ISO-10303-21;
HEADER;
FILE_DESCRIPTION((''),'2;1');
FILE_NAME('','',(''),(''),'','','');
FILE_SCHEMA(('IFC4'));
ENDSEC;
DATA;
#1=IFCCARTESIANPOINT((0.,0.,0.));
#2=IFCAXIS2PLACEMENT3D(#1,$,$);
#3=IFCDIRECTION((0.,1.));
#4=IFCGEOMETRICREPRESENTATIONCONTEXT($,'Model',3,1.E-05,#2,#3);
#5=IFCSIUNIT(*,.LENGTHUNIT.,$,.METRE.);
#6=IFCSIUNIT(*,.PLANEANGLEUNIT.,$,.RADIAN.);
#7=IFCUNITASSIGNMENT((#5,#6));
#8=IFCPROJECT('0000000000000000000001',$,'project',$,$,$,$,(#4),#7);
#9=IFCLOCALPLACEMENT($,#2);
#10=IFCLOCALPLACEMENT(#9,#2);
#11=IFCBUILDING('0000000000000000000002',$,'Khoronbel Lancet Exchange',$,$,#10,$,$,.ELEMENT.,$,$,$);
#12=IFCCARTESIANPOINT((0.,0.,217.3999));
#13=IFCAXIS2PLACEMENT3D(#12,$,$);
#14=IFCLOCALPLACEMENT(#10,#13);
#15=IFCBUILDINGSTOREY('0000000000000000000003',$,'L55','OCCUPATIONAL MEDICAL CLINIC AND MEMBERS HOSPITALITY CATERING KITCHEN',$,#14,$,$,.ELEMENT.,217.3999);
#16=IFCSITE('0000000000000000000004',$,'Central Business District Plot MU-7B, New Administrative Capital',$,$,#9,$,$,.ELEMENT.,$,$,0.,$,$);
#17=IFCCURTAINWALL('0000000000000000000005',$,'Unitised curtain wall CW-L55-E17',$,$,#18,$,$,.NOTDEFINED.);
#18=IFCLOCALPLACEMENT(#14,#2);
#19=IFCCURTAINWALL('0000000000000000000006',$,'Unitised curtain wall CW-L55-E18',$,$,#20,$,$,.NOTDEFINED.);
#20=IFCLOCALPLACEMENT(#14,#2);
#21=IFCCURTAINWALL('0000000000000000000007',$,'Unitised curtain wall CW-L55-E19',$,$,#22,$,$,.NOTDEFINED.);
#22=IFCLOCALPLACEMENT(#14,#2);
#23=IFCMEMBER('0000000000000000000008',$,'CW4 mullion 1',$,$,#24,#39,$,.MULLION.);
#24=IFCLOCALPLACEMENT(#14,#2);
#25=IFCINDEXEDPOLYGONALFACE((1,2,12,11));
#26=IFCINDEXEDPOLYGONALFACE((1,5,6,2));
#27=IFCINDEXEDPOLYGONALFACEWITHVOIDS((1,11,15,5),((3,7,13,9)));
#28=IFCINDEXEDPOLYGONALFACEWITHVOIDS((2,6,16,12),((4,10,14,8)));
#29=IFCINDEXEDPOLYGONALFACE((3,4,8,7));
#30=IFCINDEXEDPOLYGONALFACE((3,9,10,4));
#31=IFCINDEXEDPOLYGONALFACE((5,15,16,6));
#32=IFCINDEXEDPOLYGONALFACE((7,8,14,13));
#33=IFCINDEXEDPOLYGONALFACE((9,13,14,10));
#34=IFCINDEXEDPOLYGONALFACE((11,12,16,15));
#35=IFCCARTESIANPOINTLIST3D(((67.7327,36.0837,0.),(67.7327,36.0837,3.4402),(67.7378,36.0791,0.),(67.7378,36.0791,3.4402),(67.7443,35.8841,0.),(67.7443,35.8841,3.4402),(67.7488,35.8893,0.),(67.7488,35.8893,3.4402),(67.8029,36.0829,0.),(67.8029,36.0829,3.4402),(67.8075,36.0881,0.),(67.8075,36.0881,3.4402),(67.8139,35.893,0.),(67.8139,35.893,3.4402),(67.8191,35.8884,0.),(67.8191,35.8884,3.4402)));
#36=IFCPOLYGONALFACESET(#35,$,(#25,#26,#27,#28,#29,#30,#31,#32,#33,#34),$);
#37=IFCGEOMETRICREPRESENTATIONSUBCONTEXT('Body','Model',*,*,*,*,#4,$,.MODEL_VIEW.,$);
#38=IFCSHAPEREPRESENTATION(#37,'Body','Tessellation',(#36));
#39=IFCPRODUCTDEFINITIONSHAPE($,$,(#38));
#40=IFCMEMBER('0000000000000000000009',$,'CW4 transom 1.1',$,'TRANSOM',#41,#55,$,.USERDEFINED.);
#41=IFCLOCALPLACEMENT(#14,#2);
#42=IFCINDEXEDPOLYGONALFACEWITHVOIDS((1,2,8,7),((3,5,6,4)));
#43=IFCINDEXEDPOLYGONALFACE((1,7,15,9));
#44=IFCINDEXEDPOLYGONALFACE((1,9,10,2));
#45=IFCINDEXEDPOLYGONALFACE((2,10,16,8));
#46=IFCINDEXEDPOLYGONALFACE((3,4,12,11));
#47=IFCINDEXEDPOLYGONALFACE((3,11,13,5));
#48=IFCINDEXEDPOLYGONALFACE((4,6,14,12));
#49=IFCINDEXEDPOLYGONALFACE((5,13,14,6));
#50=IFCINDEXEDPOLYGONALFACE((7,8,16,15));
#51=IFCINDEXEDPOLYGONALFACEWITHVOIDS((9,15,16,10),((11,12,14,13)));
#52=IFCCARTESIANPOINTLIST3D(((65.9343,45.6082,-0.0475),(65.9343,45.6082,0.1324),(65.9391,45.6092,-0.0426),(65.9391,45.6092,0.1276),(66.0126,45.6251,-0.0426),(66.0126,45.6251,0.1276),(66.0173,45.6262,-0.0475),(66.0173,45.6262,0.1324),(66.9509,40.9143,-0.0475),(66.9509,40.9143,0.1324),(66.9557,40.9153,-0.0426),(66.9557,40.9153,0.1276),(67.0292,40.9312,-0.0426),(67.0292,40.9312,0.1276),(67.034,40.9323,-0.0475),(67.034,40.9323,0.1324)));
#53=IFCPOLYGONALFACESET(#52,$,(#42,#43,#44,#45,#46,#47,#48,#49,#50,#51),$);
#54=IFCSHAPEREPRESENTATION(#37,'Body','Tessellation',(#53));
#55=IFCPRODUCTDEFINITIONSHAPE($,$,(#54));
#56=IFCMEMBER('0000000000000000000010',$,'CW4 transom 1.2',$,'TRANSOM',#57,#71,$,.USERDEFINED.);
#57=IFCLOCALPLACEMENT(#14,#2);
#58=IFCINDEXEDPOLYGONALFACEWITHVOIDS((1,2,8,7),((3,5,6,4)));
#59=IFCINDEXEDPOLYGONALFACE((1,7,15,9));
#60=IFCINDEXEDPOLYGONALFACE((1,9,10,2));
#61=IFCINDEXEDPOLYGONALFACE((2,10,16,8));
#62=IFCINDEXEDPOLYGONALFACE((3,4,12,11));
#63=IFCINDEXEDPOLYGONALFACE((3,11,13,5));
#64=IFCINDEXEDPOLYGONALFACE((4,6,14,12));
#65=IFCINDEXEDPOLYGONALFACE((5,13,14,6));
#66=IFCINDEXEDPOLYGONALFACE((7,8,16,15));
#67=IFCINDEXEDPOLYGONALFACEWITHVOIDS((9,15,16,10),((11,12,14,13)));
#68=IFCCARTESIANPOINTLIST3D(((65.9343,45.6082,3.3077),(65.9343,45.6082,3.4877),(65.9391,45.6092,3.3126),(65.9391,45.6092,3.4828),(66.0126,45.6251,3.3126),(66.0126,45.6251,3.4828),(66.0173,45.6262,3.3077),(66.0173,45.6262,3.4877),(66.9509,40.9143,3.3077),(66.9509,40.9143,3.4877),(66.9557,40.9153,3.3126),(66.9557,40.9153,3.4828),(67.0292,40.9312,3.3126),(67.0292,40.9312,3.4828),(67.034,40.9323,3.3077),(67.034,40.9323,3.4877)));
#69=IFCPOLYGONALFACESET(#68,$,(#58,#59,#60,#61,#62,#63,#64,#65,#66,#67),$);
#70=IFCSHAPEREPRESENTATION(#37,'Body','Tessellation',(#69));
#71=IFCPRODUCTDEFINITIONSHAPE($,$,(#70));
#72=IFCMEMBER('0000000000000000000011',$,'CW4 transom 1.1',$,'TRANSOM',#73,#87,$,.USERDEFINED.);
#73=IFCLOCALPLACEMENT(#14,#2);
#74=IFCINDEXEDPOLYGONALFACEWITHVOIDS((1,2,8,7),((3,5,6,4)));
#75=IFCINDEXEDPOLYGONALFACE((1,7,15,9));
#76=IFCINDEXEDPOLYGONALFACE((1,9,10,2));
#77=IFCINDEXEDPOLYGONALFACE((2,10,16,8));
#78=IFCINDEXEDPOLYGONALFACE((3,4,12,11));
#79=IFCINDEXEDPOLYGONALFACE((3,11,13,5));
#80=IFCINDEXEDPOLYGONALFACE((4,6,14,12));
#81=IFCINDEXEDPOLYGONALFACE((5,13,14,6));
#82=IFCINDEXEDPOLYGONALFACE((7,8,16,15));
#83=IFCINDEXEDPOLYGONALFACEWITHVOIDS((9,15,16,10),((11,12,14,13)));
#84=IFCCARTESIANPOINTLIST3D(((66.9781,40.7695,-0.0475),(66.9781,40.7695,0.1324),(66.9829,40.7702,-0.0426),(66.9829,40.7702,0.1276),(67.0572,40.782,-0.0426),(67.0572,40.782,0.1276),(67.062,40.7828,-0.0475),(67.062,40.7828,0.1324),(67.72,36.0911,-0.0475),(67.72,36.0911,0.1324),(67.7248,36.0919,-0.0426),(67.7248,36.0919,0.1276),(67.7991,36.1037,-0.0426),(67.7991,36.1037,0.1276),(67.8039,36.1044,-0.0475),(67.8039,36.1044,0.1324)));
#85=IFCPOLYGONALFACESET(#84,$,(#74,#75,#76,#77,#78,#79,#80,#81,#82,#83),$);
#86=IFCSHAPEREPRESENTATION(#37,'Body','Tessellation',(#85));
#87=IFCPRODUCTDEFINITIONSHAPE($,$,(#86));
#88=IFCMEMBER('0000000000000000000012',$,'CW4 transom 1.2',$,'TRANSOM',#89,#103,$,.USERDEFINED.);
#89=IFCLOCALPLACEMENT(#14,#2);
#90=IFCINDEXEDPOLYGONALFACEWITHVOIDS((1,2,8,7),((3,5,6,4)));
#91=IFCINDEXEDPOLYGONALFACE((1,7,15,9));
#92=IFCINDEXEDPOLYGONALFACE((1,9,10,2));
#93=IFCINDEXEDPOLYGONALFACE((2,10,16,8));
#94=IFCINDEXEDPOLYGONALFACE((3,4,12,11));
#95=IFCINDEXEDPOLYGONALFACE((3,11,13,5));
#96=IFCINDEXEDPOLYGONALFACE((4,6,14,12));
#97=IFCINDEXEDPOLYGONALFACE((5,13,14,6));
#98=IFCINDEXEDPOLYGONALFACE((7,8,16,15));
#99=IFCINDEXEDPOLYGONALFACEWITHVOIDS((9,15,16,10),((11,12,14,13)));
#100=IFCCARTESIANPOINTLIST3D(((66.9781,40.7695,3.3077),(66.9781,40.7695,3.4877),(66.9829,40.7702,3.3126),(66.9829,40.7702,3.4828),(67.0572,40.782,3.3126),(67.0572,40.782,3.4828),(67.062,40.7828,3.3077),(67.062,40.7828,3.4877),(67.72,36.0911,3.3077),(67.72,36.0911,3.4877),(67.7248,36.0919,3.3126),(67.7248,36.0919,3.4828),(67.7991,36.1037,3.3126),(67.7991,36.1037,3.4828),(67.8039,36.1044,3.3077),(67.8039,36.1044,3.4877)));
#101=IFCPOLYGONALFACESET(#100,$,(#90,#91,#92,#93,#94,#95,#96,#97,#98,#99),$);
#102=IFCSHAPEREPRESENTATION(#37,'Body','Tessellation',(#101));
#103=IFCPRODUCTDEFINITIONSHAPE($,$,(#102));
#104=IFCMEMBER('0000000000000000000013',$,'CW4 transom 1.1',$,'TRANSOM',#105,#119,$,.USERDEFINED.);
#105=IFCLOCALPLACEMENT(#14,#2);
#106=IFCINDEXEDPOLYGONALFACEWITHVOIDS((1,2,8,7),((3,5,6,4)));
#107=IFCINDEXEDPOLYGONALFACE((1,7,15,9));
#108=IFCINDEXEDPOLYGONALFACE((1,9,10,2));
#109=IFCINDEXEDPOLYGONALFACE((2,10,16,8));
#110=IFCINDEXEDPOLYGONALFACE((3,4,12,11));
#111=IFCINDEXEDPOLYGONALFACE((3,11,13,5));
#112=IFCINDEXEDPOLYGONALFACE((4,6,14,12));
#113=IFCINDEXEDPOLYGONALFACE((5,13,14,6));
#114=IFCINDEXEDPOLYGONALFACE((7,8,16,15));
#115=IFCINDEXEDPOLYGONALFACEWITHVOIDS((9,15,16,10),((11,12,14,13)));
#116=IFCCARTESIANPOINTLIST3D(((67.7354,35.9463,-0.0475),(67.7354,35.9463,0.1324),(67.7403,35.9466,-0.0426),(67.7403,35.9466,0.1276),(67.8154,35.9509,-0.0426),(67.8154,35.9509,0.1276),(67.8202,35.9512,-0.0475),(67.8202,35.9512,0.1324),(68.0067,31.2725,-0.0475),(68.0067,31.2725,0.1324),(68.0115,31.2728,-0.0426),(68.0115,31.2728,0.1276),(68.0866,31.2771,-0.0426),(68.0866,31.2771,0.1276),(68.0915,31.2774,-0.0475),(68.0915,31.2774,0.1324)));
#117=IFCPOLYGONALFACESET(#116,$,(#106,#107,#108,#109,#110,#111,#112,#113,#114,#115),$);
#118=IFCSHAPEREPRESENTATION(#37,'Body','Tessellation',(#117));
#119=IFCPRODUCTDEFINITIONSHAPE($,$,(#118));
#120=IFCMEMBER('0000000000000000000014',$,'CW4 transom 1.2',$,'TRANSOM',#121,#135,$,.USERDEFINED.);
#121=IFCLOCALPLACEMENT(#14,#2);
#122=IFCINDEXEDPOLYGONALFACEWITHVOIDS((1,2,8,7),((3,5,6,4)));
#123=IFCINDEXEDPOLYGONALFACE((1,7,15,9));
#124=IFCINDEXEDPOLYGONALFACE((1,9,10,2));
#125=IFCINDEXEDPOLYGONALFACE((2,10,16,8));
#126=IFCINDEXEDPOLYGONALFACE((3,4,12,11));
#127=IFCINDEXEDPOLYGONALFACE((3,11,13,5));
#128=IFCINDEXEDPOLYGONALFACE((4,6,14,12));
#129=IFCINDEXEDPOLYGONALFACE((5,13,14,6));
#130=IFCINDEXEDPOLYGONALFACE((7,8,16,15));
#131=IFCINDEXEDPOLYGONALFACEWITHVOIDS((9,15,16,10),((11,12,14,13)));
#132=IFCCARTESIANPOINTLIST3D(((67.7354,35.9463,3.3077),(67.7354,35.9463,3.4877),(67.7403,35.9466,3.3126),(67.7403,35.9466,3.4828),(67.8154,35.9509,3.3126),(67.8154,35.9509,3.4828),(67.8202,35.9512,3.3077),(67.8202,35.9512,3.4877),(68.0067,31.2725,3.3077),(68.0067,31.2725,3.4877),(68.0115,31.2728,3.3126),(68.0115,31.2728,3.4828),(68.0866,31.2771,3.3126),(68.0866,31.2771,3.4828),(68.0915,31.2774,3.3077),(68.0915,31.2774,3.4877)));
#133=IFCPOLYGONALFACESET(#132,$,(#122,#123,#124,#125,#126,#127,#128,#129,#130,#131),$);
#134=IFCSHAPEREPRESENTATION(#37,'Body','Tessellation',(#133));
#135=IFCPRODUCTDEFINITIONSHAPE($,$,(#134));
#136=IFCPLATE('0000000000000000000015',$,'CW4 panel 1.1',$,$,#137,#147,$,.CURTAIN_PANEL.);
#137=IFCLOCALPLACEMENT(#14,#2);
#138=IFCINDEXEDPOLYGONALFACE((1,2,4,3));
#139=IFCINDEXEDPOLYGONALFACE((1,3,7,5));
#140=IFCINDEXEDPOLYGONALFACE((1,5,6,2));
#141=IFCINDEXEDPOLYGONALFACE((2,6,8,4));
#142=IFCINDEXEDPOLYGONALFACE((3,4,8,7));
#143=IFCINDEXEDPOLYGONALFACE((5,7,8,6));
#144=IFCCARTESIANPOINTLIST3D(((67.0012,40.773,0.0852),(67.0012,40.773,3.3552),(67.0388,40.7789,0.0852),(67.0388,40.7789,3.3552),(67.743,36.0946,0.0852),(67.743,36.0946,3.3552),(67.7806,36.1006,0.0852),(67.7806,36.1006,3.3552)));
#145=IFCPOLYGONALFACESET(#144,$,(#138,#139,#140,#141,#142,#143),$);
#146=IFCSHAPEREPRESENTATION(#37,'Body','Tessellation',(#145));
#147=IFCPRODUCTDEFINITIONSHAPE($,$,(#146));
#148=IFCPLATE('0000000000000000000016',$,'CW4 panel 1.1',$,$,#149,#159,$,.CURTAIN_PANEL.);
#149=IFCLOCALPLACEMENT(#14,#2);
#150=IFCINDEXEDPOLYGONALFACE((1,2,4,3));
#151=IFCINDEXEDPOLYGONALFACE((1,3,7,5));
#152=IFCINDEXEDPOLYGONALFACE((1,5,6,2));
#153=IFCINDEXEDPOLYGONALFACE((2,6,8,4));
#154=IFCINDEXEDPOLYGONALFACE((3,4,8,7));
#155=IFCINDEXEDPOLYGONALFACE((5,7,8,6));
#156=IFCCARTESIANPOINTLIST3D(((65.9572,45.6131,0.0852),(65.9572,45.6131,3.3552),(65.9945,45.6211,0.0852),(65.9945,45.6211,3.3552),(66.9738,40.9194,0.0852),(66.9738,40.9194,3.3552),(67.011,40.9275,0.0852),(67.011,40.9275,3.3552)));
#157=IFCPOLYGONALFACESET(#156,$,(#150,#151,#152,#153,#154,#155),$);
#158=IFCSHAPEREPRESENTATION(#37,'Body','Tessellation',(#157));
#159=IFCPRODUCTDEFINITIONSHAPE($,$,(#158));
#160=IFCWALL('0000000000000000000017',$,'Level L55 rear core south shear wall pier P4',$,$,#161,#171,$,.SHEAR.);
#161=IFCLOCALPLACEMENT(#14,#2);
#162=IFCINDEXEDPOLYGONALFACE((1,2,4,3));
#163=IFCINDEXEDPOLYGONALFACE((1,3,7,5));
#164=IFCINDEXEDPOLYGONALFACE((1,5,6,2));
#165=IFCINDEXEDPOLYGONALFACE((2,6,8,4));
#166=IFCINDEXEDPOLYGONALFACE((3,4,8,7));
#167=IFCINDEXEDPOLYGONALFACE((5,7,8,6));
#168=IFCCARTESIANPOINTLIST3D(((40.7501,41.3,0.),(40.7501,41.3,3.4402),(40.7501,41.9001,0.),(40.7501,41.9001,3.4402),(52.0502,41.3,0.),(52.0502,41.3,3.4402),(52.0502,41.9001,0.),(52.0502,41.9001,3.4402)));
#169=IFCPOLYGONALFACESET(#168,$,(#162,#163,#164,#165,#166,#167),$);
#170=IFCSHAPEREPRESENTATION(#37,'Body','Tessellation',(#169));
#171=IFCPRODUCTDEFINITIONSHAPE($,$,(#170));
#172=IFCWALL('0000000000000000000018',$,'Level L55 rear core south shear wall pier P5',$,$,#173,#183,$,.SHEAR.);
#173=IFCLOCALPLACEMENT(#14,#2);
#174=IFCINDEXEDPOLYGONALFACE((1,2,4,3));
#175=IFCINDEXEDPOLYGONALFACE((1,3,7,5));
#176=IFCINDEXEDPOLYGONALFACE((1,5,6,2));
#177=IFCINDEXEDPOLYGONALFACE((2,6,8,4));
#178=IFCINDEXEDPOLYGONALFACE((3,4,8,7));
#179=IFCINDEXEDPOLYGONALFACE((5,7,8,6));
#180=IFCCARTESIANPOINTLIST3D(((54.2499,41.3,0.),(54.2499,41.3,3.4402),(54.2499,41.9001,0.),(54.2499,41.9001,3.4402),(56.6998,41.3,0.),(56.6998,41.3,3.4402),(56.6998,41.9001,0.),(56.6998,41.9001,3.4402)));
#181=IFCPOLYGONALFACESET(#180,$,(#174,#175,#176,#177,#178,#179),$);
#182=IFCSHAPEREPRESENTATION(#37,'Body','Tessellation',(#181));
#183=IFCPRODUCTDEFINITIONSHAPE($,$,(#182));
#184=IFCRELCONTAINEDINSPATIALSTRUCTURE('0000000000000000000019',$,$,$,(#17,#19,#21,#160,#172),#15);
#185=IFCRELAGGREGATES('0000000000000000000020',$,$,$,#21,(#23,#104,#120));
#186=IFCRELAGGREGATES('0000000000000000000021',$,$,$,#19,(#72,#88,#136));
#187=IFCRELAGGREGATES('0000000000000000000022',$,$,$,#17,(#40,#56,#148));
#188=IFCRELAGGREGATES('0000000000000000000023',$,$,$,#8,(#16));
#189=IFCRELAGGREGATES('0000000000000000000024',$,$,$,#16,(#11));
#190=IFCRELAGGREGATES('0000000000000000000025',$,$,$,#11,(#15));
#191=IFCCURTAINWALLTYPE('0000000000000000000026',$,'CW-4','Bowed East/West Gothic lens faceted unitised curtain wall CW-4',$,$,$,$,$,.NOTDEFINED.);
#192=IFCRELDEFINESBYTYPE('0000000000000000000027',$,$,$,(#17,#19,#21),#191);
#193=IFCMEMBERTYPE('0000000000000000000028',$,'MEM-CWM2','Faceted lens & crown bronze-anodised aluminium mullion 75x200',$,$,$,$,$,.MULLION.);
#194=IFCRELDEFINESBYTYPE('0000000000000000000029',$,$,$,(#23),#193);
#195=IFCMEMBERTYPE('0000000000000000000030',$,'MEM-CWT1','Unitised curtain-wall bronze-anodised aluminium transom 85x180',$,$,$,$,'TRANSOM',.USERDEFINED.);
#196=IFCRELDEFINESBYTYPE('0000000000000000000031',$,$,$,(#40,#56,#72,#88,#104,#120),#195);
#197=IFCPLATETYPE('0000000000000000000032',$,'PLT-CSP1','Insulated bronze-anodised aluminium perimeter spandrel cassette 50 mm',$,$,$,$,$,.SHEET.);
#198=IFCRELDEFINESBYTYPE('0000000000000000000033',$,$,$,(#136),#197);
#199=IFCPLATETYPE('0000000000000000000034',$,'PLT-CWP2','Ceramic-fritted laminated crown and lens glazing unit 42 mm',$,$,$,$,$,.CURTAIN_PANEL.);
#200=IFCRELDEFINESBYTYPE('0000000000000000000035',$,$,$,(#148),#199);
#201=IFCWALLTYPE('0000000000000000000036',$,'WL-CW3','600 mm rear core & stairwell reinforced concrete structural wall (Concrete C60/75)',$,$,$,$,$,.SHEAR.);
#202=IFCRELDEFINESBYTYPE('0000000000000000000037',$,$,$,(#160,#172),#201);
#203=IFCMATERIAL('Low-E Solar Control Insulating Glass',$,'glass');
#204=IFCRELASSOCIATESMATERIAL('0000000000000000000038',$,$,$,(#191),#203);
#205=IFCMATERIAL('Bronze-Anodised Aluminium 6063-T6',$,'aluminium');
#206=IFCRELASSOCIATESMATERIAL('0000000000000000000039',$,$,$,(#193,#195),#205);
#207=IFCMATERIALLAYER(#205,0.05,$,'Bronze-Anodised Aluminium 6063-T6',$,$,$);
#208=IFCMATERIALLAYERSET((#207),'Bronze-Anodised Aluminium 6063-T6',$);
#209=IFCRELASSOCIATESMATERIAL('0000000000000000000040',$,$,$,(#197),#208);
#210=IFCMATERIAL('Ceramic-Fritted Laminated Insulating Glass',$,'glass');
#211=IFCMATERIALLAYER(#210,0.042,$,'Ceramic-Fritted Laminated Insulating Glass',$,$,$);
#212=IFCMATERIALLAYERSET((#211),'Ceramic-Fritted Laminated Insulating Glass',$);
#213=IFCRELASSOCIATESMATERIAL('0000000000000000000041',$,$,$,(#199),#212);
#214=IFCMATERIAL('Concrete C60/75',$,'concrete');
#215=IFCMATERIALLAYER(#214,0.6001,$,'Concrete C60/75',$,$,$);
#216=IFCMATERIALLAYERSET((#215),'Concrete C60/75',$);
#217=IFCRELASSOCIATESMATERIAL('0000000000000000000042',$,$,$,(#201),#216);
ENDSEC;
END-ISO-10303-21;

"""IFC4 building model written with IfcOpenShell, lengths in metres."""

from ifc_helpers import new_model, si_unit, direction, frame, frame_2d, origin, origin_2d, place, context, subcontext, project, spatial, rectangle, hollow_rectangle, extrude, material, layer, layer_set, material_profile, profile_set, type_object, element, aggregate, save


model = new_model("IFC4")

# Units and contexts
model_context = context("Model", 3, precision=1e-05, world=origin(), true_north=direction((0.0, 1.0)))
body_context = subcontext(model_context, "Body", "Model", "MODEL_VIEW")
ifc_project = project(units=[si_unit("LENGTHUNIT", "METRE"), si_unit("PLANEANGLEUNIT", "RADIAN")], contexts=[model_context])

# Site, building, storey
site_placement = place(None, origin())
site = spatial("IfcSite", under=ifc_project, at=site_placement, Name="Central Business District Plot MU-7B, New Administrative Capital", CompositionType="ELEMENT", RefElevation=0.0)
building_placement = place(site_placement, origin())
building = spatial("IfcBuilding", under=site, at=building_placement, Name="Khoronbel Lancet Exchange", CompositionType="ELEMENT")
storey_placement = place(building_placement, frame((0.0, 0.0, 217.3999)))
storey = spatial("IfcBuildingStorey", under=building, at=storey_placement, Name="L55", Description="OCCUPATIONAL MEDICAL CLINIC AND MEMBERS HOSPITALITY CATERING KITCHEN", CompositionType="ELEMENT", Elevation=217.3999)

# Shared definitions
ifc_material_1 = material(Name="Concrete C60/75", Category="concrete")

# Curtain walls
ifc_material_2 = material(Name="Low-E Solar Control Insulating Glass", Category="glass")
curtain_wall_type = type_object("IfcCurtainWallType", Name="CW-4", Description="Bowed East/West Gothic lens faceted unitised curtain wall CW-4", PredefinedType="NOTDEFINED", material=ifc_material_2)
curtain_wall_1_placement = place(storey_placement, origin())
curtain_wall_1 = element("IfcCurtainWall", 1, at=curtain_wall_1_placement, inside=storey, type_object=curtain_wall_type, Name="Unitised curtain wall CW-L55-E17", PredefinedType="NOTDEFINED")
ifc_material_3 = material(Name="Bronze-Anodised Aluminium 6063-T6", Category="aluminium")
ifc_material_profile_1 = material_profile(ifc_material_3, hollow_rectangle(XDim=0.075, YDim=0.2, WallThickness=0.0049, at=origin_2d()), Name="ALU MULLION 75x200")
ifc_profile_set_1 = profile_set([ifc_material_profile_1], Name="Bronze-Anodised Aluminium 6063-T6")
member_type_1 = type_object("IfcMemberType", Name="MEM-CWM2", Description="Faceted lens & crown bronze-anodised aluminium mullion 75x200", PredefinedType="MULLION", material=ifc_profile_set_1)
curtain_wall_2_placement = place(storey_placement, origin())
curtain_wall_2 = element("IfcCurtainWall", 2, at=curtain_wall_2_placement, inside=storey, type_object=curtain_wall_type, Name="Unitised curtain wall CW-L55-E18", PredefinedType="NOTDEFINED")

# Curtain wall, member
curtain_wall_3_placement = place(storey_placement, origin())
curtain_wall_3 = element("IfcCurtainWall", 3, at=curtain_wall_3_placement, inside=storey, type_object=curtain_wall_type, Name="Unitised curtain wall CW-L55-E19", PredefinedType="NOTDEFINED")
member_1_placement = place(storey_placement, frame((67.7759, 35.9861, 0.0), z_axis=(0.0, 0.0, 1.0), x_axis=(0.998321, 0.05793, 0.0)))
member_1 = element("IfcMember", 4, at=member_1_placement, type_object=member_type_1, Name="CW4 mullion 1", PredefinedType="MULLION", context=body_context, shape_type="SweptSolid", body=[
    extrude(hollow_rectangle(XDim=0.075, YDim=0.2, WallThickness=0.0049, at=origin_2d()), origin(), (0.0, 0.0, 1.0), 3.4402),
])

# Members
ifc_material_profile_2 = material_profile(ifc_material_3, hollow_rectangle(XDim=0.085, YDim=0.1799, WallThickness=0.0049, at=origin_2d()), Name="ALU TRANSOM 85x180")
ifc_profile_set_2 = profile_set([ifc_material_profile_2], Name="Bronze-Anodised Aluminium 6063-T6")
member_type_2 = type_object("IfcMemberType", Name="MEM-CWT1", Description="Unitised curtain-wall bronze-anodised aluminium transom 85x180", ElementType="TRANSOM", PredefinedType="USERDEFINED", material=ifc_profile_set_2)
member_2_placement = place(storey_placement, frame((65.9758, 45.6172, 0.0425), z_axis=(0.211674, -0.97734, 0.0), x_axis=(0.97734, 0.211674, 0.0)))
member_2 = element("IfcMember", 5, at=member_2_placement, type_object=member_type_2, Name="CW4 transom 1.1", ObjectType="TRANSOM", PredefinedType="USERDEFINED", context=body_context, shape_type="SweptSolid", body=[
    extrude(hollow_rectangle(XDim=0.085, YDim=0.1799, WallThickness=0.0049, at=origin_2d()), origin(), (0.0, 0.0, 1.0), 4.8027),
])
member_3_placement = place(storey_placement, frame((65.9758, 45.6172, 3.3977), z_axis=(0.211674, -0.97734, 0.0), x_axis=(0.97734, 0.211674, 0.0)))
member_3 = element("IfcMember", 6, at=member_3_placement, type_object=member_type_2, Name="CW4 transom 1.2", ObjectType="TRANSOM", PredefinedType="USERDEFINED", context=body_context, shape_type="SweptSolid", body=[
    extrude(hollow_rectangle(XDim=0.085, YDim=0.1799, WallThickness=0.0049, at=origin_2d()), origin(), (0.0, 0.0, 1.0), 4.8027),
])
member_4_placement = place(storey_placement, frame((67.02, 40.7761, 0.0425), z_axis=(0.156629, -0.987657, 0.0), x_axis=(0.987657, 0.156629, 0.0)))
member_4 = element("IfcMember", 7, at=member_4_placement, type_object=member_type_2, Name="CW4 transom 1.1", ObjectType="TRANSOM", PredefinedType="USERDEFINED", context=body_context, shape_type="SweptSolid", body=[
    extrude(hollow_rectangle(XDim=0.085, YDim=0.1799, WallThickness=0.0049, at=origin_2d()), origin(), (0.0, 0.0, 1.0), 4.7368),
])
member_5_placement = place(storey_placement, frame((67.02, 40.7761, 3.3977), z_axis=(0.156629, -0.987657, 0.0), x_axis=(0.987657, 0.156629, 0.0)))
member_5 = element("IfcMember", 8, at=member_5_placement, type_object=member_type_2, Name="CW4 transom 1.2", ObjectType="TRANSOM", PredefinedType="USERDEFINED", context=body_context, shape_type="SweptSolid", body=[
    extrude(hollow_rectangle(XDim=0.085, YDim=0.1799, WallThickness=0.0049, at=origin_2d()), origin(), (0.0, 0.0, 1.0), 4.7368),
])
member_6_placement = place(storey_placement, frame((67.7778, 35.9487, 0.0425), z_axis=(0.057936, -0.99832, 0.0), x_axis=(0.99832, 0.057936, 0.0)))
member_6 = element("IfcMember", 9, at=member_6_placement, type_object=member_type_2, Name="CW4 transom 1.1", ObjectType="TRANSOM", PredefinedType="USERDEFINED", context=body_context, shape_type="SweptSolid", body=[
    extrude(hollow_rectangle(XDim=0.085, YDim=0.1799, WallThickness=0.0049, at=origin_2d()), origin(), (0.0, 0.0, 1.0), 4.6816),
])
member_7_placement = place(storey_placement, frame((67.7778, 35.9487, 3.3977), z_axis=(0.057936, -0.99832, 0.0), x_axis=(0.99832, 0.057936, 0.0)))
member_7 = element("IfcMember", 10, at=member_7_placement, type_object=member_type_2, Name="CW4 transom 1.2", ObjectType="TRANSOM", PredefinedType="USERDEFINED", context=body_context, shape_type="SweptSolid", body=[
    extrude(hollow_rectangle(XDim=0.085, YDim=0.1799, WallThickness=0.0049, at=origin_2d()), origin(), (0.0, 0.0, 1.0), 4.6816),
])
aggregate(curtain_wall_3, [member_1, member_6, member_7])

# Plates
ifc_layer_1 = layer(ifc_material_3, 0.05, Name="Bronze-Anodised Aluminium 6063-T6")
ifc_layer_set_1 = layer_set([ifc_layer_1], Name="Bronze-Anodised Aluminium 6063-T6")
plate_type_1 = type_object("IfcPlateType", Name="PLT-CSP1", Description="Insulated bronze-anodised aluminium perimeter spandrel cassette 50 mm", PredefinedType="SHEET", material=ifc_layer_set_1)
plate_1_placement = place(storey_placement, frame((67.3909, 38.4368, 0.0852), z_axis=(0.0, 0.0, 1.0), x_axis=(0.156606, -0.987661, 0.0)))
plate_1 = element("IfcPlate", 11, at=plate_1_placement, type_object=plate_type_1, Name="CW4 panel 1.1", PredefinedType="CURTAIN_PANEL", context=body_context, shape_type="SweptSolid", body=[
    extrude(rectangle(XDim=4.7368, YDim=0.0381, at=origin_2d()), origin(), (0.0, 0.0, 1.0), 3.27),
])
aggregate(curtain_wall_2, [member_4, member_5, plate_1])
ifc_material_4 = material(Name="Ceramic-Fritted Laminated Insulating Glass", Category="glass")
ifc_layer_2 = layer(ifc_material_4, 0.042, Name="Ceramic-Fritted Laminated Insulating Glass")
ifc_layer_set_2 = layer_set([ifc_layer_2], Name="Ceramic-Fritted Laminated Insulating Glass")
plate_type_2 = type_object("IfcPlateType", Name="PLT-CWP2", Description="Ceramic-fritted laminated crown and lens glazing unit 42 mm", PredefinedType="CURTAIN_PANEL", material=ifc_layer_set_2)
plate_2_placement = place(storey_placement, frame((66.4841, 43.2703, 0.0852), z_axis=(0.0, 0.0, 1.0), x_axis=(0.21167, -0.977341, 0.0)))
plate_2 = element("IfcPlate", 12, at=plate_2_placement, type_object=plate_type_2, Name="CW4 panel 1.1", PredefinedType="CURTAIN_PANEL", context=body_context, shape_type="SweptSolid", body=[
    extrude(rectangle(XDim=4.8025, YDim=0.0381, at=origin_2d()), origin(), (0.0, 0.0, 1.0), 3.27),
])
aggregate(curtain_wall_1, [member_2, member_3, plate_2])

# Walls
ifc_layer_3 = layer(ifc_material_1, 0.6001, Name="Concrete C60/75")
ifc_layer_set_3 = layer_set([ifc_layer_3], Name="Concrete C60/75")
wall_type_1 = type_object("IfcWallType", Name="WL-CW3", Description="600 mm rear core & stairwell reinforced concrete structural wall (Concrete C60/75)", PredefinedType="SHEAR", material=ifc_layer_set_3)
wall_1_placement = place(storey_placement, frame((52.05, 41.6001, 0.0), z_axis=(0.0, 0.0, 1.0), x_axis=(-1.0, 0.0, 0.0)))
element("IfcWall", 13, at=wall_1_placement, inside=storey, type_object=wall_type_1, Name="Level L55 rear core south shear wall pier P4", PredefinedType="SHEAR", context=body_context, shape_type="SweptSolid", body=[
    extrude(rectangle(XDim=11.3, YDim=0.6001, at=frame_2d((5.6499, 0.0))), origin(), (0.0, 0.0, 1.0), 3.4402),
])
wall_2_placement = place(storey_placement, frame((56.7, 41.6001, 0.0), z_axis=(0.0, 0.0, 1.0), x_axis=(-1.0, 0.0, 0.0)))
element("IfcWall", 14, at=wall_2_placement, inside=storey, type_object=wall_type_1, Name="Level L55 rear core south shear wall pier P5", PredefinedType="SHEAR", context=body_context, shape_type="SweptSolid", body=[
    extrude(rectangle(XDim=2.45, YDim=0.6001, at=frame_2d((1.2251, 0.0))), origin(), (0.0, 0.0, 1.0), 3.4402),
])

save(model, "model.ifc")
